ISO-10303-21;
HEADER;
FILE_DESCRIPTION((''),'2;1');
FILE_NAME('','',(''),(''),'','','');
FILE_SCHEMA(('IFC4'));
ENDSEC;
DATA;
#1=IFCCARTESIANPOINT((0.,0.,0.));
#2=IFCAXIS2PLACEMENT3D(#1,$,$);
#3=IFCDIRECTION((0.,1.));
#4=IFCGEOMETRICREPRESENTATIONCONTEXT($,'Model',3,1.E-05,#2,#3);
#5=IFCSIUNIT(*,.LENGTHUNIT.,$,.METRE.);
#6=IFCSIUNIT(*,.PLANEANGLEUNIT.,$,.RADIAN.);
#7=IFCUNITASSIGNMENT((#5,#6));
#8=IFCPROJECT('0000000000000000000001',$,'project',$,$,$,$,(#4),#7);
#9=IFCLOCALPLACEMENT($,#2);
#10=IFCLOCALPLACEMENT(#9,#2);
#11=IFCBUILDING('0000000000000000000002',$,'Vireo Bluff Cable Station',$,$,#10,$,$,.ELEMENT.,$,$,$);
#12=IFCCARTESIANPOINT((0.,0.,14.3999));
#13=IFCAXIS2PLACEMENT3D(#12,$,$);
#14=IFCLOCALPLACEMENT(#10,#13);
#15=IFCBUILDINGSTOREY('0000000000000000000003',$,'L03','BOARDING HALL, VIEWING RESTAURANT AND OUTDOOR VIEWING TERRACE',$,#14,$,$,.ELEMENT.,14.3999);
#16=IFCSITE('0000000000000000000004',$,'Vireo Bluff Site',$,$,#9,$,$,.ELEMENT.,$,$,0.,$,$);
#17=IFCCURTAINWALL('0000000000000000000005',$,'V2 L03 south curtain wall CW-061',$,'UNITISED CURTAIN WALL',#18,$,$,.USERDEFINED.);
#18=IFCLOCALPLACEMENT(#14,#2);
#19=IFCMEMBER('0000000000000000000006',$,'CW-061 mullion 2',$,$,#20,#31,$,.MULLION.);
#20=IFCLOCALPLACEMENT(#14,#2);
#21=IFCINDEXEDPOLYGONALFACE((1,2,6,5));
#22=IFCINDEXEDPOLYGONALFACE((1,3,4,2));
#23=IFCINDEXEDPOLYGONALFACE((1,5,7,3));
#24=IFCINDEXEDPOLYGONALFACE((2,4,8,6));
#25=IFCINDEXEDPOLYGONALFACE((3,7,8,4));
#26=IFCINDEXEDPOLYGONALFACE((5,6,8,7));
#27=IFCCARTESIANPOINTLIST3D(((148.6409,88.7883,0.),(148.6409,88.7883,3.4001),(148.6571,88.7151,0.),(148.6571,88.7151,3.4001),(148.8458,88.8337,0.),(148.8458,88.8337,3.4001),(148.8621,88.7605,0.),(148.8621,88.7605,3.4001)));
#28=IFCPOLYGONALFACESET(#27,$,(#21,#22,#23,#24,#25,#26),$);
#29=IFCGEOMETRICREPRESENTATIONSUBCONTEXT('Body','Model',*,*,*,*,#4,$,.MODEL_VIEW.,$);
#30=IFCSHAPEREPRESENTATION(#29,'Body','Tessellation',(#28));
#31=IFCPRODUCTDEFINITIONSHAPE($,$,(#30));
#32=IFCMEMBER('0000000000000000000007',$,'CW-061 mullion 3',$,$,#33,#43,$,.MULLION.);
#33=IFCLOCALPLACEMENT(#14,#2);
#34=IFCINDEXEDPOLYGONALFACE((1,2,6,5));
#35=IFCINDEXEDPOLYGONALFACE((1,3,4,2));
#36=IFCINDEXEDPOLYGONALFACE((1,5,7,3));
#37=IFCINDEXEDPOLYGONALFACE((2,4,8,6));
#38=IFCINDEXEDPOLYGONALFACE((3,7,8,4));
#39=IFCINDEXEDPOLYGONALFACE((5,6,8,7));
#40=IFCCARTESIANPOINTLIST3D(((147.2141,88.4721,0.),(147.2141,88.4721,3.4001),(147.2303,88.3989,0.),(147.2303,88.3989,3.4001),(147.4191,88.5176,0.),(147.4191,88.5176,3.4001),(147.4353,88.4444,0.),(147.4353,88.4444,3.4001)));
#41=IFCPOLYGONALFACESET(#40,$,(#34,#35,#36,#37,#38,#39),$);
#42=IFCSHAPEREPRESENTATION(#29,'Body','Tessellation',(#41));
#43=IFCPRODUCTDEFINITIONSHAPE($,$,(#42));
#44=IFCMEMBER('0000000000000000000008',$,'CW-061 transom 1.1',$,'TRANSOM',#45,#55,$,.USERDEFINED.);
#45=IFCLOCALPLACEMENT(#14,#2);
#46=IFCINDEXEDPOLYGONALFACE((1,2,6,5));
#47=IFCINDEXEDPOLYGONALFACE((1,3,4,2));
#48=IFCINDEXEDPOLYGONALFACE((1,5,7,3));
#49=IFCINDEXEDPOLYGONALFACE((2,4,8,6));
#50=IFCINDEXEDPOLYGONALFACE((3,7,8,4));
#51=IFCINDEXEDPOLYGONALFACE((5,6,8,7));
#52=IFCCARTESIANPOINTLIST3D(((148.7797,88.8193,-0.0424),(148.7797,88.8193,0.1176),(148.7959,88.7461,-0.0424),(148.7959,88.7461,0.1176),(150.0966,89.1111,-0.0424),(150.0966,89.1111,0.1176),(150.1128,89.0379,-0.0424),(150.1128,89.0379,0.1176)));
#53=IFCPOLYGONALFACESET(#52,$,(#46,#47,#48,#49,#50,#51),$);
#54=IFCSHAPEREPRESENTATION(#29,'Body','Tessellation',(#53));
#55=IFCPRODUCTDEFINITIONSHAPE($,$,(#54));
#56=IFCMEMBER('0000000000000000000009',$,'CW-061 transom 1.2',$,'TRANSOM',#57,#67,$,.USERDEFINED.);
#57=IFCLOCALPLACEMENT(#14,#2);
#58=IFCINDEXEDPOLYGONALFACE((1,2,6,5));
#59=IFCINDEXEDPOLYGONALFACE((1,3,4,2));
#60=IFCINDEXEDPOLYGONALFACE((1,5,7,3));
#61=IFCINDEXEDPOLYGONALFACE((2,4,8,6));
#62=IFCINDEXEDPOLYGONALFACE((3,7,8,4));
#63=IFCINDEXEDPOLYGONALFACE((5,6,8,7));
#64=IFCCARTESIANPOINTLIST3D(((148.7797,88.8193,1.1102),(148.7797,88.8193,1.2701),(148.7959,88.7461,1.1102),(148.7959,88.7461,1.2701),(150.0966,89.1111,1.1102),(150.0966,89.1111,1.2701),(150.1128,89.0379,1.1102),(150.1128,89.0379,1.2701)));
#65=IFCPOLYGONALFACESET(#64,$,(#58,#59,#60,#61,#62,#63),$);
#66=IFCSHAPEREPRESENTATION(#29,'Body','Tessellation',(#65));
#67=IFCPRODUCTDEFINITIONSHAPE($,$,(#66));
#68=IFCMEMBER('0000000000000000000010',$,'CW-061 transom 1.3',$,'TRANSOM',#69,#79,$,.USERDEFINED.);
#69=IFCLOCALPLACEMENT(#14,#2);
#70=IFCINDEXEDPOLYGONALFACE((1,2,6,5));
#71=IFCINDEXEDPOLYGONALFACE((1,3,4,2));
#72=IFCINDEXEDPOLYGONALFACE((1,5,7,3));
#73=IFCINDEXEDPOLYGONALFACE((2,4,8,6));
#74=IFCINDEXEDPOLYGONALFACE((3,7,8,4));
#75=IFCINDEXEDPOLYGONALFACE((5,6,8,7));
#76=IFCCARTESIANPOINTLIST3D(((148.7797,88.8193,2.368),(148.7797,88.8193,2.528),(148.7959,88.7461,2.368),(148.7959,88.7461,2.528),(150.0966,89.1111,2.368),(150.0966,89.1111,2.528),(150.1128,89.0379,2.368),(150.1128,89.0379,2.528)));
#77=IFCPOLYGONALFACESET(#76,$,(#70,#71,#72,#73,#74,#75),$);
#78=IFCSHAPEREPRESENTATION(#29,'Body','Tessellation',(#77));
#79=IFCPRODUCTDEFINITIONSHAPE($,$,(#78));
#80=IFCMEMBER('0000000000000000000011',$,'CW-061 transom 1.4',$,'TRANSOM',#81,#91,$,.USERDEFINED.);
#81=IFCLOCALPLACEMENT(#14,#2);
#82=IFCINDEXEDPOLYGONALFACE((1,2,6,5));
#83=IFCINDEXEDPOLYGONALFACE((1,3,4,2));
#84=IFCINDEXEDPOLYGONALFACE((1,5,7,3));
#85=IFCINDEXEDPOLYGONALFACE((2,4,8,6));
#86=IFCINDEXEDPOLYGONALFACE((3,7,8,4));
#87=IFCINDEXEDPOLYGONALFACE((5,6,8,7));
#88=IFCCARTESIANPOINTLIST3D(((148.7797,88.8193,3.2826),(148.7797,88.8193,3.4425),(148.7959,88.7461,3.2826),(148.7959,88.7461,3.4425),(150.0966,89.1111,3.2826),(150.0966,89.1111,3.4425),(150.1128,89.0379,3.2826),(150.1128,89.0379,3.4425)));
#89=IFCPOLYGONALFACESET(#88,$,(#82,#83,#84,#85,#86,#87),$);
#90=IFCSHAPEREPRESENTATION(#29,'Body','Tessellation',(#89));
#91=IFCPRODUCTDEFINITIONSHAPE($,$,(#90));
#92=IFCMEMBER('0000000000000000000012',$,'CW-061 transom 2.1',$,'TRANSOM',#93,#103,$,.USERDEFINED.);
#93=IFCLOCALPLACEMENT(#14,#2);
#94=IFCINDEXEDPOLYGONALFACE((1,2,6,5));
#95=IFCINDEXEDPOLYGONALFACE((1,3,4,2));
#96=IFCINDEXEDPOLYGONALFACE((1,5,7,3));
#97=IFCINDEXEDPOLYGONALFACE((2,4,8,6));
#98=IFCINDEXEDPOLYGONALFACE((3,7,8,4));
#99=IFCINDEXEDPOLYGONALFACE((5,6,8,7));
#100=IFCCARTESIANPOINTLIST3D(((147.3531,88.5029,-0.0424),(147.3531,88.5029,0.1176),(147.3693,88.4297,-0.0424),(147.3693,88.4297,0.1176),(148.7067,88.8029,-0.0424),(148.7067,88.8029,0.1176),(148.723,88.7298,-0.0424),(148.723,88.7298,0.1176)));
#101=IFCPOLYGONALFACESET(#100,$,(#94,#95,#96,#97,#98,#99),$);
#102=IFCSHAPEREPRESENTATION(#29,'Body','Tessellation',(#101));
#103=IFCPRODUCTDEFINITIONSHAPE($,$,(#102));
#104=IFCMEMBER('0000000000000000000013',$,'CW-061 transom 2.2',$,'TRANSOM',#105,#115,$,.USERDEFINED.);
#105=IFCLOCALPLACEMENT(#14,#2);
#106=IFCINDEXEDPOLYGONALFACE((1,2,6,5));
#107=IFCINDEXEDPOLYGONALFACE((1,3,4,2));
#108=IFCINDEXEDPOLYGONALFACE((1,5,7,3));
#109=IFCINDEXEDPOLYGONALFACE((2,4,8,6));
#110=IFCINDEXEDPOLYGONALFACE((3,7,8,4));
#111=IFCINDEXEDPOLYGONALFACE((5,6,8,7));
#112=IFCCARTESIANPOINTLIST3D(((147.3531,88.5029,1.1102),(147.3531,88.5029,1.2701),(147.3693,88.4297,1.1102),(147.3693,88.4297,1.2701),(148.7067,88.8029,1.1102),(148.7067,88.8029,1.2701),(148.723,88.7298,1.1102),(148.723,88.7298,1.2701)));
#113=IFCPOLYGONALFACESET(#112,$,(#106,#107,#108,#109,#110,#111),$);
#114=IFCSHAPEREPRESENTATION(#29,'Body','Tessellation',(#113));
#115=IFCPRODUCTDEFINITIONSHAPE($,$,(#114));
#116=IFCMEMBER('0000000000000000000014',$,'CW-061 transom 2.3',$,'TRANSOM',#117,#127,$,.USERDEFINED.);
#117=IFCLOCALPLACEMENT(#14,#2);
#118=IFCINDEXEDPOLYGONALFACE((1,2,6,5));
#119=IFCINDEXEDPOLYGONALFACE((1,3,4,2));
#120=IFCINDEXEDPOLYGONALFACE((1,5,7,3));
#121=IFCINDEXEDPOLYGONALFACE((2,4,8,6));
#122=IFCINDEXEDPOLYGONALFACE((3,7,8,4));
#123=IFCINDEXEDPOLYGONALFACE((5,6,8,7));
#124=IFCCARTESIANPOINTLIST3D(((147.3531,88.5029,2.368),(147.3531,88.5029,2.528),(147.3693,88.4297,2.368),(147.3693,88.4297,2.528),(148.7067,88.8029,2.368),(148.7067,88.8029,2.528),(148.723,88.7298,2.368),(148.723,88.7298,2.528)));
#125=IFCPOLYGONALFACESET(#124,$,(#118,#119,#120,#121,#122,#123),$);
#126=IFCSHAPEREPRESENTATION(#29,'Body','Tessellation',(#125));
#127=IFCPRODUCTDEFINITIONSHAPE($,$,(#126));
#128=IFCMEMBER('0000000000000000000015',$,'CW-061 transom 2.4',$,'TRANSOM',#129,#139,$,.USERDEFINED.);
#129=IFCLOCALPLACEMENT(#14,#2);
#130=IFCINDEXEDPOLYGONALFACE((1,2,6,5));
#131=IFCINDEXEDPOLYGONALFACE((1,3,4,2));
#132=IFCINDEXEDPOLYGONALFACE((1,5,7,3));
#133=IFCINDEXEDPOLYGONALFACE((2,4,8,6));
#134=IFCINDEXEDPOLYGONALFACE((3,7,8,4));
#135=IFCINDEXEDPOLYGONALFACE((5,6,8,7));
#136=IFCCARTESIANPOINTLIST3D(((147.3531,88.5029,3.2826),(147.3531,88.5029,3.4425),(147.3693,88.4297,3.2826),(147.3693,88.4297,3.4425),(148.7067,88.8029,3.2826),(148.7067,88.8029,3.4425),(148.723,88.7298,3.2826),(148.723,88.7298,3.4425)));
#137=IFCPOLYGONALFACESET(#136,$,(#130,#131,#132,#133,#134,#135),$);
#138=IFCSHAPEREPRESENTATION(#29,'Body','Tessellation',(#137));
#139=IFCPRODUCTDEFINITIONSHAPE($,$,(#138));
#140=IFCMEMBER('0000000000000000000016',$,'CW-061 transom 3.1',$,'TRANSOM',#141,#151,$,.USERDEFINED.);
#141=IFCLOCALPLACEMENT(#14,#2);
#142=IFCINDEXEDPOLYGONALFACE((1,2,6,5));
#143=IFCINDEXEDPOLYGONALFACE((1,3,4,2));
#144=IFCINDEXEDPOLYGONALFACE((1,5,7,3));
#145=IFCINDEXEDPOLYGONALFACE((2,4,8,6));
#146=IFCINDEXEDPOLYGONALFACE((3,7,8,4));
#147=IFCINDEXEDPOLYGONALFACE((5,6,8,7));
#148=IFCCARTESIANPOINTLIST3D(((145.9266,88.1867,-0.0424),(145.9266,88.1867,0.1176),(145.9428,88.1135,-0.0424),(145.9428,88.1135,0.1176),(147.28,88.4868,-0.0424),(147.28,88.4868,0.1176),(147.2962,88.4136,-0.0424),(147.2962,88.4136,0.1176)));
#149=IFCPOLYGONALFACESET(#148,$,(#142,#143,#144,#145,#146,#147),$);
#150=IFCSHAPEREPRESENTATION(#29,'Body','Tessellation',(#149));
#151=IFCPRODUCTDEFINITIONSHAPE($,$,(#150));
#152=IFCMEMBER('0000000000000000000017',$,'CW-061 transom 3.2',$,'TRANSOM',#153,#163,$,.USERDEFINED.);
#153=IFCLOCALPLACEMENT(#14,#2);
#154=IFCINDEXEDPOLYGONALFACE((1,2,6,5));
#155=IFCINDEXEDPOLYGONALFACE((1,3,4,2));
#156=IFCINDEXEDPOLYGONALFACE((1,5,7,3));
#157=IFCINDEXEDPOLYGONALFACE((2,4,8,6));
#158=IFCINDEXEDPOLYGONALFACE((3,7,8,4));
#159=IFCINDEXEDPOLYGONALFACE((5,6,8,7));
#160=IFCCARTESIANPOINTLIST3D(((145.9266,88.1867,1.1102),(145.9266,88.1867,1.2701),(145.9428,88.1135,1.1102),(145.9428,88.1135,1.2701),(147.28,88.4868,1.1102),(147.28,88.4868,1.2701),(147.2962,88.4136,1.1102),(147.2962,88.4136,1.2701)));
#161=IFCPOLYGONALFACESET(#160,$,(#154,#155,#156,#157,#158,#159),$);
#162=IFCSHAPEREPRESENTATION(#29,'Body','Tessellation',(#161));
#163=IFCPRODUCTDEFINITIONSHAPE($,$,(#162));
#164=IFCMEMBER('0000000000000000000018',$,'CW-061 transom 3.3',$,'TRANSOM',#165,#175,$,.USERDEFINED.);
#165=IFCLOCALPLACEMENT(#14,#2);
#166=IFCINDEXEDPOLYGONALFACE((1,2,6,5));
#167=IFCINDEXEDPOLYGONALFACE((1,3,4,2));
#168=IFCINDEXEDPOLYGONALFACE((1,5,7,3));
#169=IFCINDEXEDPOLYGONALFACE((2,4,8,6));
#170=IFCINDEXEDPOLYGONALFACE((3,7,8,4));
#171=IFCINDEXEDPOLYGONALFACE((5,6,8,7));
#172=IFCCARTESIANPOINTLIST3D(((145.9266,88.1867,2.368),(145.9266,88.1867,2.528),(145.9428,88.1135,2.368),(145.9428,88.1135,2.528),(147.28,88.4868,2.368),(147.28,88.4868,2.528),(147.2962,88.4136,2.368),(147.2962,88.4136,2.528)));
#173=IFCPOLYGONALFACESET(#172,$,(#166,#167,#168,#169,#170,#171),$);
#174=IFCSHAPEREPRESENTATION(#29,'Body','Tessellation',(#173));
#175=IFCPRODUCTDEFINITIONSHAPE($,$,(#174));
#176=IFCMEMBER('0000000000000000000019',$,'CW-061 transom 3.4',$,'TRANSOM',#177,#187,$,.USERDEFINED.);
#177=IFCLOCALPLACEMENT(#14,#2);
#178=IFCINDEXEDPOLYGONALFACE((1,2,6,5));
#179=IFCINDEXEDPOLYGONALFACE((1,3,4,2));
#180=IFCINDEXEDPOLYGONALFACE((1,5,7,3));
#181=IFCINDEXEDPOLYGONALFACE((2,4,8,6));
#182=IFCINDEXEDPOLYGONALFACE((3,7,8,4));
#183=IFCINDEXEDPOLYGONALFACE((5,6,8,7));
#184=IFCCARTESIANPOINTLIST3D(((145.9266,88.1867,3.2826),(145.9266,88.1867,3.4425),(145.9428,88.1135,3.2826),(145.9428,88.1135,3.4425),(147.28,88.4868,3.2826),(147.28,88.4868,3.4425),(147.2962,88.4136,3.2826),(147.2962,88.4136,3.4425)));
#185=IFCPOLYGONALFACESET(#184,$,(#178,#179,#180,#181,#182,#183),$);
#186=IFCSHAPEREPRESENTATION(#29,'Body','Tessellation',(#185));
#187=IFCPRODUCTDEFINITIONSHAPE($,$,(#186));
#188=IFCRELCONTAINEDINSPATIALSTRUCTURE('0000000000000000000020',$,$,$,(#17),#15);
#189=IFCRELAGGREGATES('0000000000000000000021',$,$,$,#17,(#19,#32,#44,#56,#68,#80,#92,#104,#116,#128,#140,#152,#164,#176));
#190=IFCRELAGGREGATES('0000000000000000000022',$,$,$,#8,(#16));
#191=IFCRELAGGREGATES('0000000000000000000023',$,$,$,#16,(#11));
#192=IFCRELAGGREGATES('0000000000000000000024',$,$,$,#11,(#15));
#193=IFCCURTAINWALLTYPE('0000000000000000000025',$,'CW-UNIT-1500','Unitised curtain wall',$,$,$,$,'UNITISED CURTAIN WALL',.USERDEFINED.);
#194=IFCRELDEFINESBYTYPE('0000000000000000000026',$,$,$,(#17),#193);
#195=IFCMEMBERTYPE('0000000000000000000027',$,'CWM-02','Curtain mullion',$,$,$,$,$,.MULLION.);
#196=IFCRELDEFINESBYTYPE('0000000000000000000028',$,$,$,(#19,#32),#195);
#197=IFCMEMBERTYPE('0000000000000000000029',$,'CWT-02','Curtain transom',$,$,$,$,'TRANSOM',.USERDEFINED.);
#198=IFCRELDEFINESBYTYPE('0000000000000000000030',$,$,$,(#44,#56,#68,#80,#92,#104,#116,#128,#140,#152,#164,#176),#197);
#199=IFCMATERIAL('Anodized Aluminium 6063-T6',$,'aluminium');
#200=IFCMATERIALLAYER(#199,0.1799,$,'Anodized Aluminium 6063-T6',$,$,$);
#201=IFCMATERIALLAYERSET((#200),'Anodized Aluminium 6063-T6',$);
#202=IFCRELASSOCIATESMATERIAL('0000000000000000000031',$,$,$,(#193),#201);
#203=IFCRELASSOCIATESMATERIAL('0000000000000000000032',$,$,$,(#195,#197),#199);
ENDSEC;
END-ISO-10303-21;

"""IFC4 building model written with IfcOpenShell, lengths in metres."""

from ifc_helpers import new_model, si_unit, direction, frame, origin, origin_2d, place, context, subcontext, project, spatial, rectangle, extrude, material, layer, layer_set, material_profile, profile_set, type_object, element, aggregate, save


model = new_model("IFC4")

# Units and contexts
model_context = context("Model", 3, precision=1e-05, world=origin(), true_north=direction((0.0, 1.0)))
body_context = subcontext(model_context, "Body", "Model", "MODEL_VIEW")
ifc_project = project(units=[si_unit("LENGTHUNIT", "METRE"), si_unit("PLANEANGLEUNIT", "RADIAN")], contexts=[model_context])

# Site, building, storey
site_placement = place(None, origin())
site = spatial("IfcSite", under=ifc_project, at=site_placement, Name="Vireo Bluff Site", CompositionType="ELEMENT", RefElevation=0.0)
building_placement = place(site_placement, origin())
building = spatial("IfcBuilding", under=site, at=building_placement, Name="Vireo Bluff Cable Station", CompositionType="ELEMENT")
storey_placement = place(building_placement, frame((0.0, 0.0, 14.3999)))
storey = spatial("IfcBuildingStorey", under=building, at=storey_placement, Name="L03", Description="BOARDING HALL, VIEWING RESTAURANT AND OUTDOOR VIEWING TERRACE", CompositionType="ELEMENT", Elevation=14.3999)

# Curtain wall, members
ifc_material_1 = material(Name="Anodized Aluminium 6063-T6", Category="aluminium")
ifc_layer_1 = layer(ifc_material_1, 0.1799, Name="Anodized Aluminium 6063-T6")
ifc_layer_set_1 = layer_set([ifc_layer_1], Name="Anodized Aluminium 6063-T6")
curtain_wall_type = type_object("IfcCurtainWallType", Name="CW-UNIT-1500", Description="Unitised curtain wall", ElementType="UNITISED CURTAIN WALL", PredefinedType="USERDEFINED", material=ifc_layer_set_1)
curtain_wall_placement = place(storey_placement, origin())
curtain_wall = element("IfcCurtainWall", 1, at=curtain_wall_placement, inside=storey, type_object=curtain_wall_type, Name="V2 L03 south curtain wall CW-061", ObjectType="UNITISED CURTAIN WALL", PredefinedType="USERDEFINED")
ifc_material_profile_1 = material_profile(ifc_material_1, rectangle(XDim=0.075, YDim=0.21, at=origin_2d()), Name="ALU-M-75X210")
ifc_profile_set_1 = profile_set([ifc_material_profile_1], Name="Anodized Aluminium 6063-T6")
member_type_1 = type_object("IfcMemberType", Name="CWM-02", Description="Curtain mullion", PredefinedType="MULLION", material=ifc_profile_set_1)
member_1_placement = place(storey_placement, frame((148.7515, 88.7744, 0.0), z_axis=(0.0, 0.0, 1.0), x_axis=(0.21644, -0.976296, 0.0)))
member_1 = element("IfcMember", 2, at=member_1_placement, type_object=member_type_1, Name="CW-061 mullion 2", PredefinedType="MULLION", context=body_context, shape_type="SweptSolid", body=[
    extrude(rectangle(XDim=0.075, YDim=0.21, at=origin_2d()), origin(), (0.0, 0.0, 1.0), 3.4001),
])
member_2_placement = place(storey_placement, frame((147.3247, 88.4583, 0.0), z_axis=(0.0, 0.0, 1.0), x_axis=(0.21644, -0.976296, 0.0)))
member_2 = element("IfcMember", 3, at=member_2_placement, type_object=member_type_1, Name="CW-061 mullion 3", PredefinedType="MULLION", context=body_context, shape_type="SweptSolid", body=[
    extrude(rectangle(XDim=0.075, YDim=0.21, at=origin_2d()), origin(), (0.0, 0.0, 1.0), 3.4001),
])
ifc_material_profile_2 = material_profile(ifc_material_1, rectangle(XDim=0.075, YDim=0.1599, at=origin_2d()), Name="ALU-T-75X160")
ifc_profile_set_2 = profile_set([ifc_material_profile_2], Name="Anodized Aluminium 6063-T6")
member_type_2 = type_object("IfcMemberType", Name="CWT-02", Description="Curtain transom", ElementType="TRANSOM", PredefinedType="USERDEFINED", material=ifc_profile_set_2)
member_3_placement = place(storey_placement, frame((150.1047, 89.0745, 0.0376), z_axis=(-0.976327, -0.216298, 0.0), x_axis=(0.216298, -0.976327, 0.0)))
member_3 = element("IfcMember", 4, at=member_3_placement, type_object=member_type_2, Name="CW-061 transom 1.1", ObjectType="TRANSOM", PredefinedType="USERDEFINED", context=body_context, shape_type="SweptSolid", body=[
    extrude(rectangle(XDim=0.075, YDim=0.1599, at=origin_2d()), origin(), (0.0, 0.0, 1.0), 1.3489),
])
member_4_placement = place(storey_placement, frame((150.1047, 89.0745, 1.1902), z_axis=(-0.976327, -0.216298, 0.0), x_axis=(0.216298, -0.976327, 0.0)))
member_4 = element("IfcMember", 5, at=member_4_placement, type_object=member_type_2, Name="CW-061 transom 1.2", ObjectType="TRANSOM", PredefinedType="USERDEFINED", context=body_context, shape_type="SweptSolid", body=[
    extrude(rectangle(XDim=0.075, YDim=0.1599, at=origin_2d()), origin(), (0.0, 0.0, 1.0), 1.3489),
])
member_5_placement = place(storey_placement, frame((150.1047, 89.0745, 2.448), z_axis=(-0.976327, -0.216298, 0.0), x_axis=(0.216298, -0.976327, 0.0)))
member_5 = element("IfcMember", 6, at=member_5_placement, type_object=member_type_2, Name="CW-061 transom 1.3", ObjectType="TRANSOM", PredefinedType="USERDEFINED", context=body_context, shape_type="SweptSolid", body=[
    extrude(rectangle(XDim=0.075, YDim=0.1599, at=origin_2d()), origin(), (0.0, 0.0, 1.0), 1.3489),
])
member_6_placement = place(storey_placement, frame((150.1047, 89.0745, 3.3625), z_axis=(-0.976327, -0.216298, 0.0), x_axis=(0.216298, -0.976327, 0.0)))
member_6 = element("IfcMember", 7, at=member_6_placement, type_object=member_type_2, Name="CW-061 transom 1.4", ObjectType="TRANSOM", PredefinedType="USERDEFINED", context=body_context, shape_type="SweptSolid", body=[
    extrude(rectangle(XDim=0.075, YDim=0.1599, at=origin_2d()), origin(), (0.0, 0.0, 1.0), 1.3489),
])
member_7_placement = place(storey_placement, frame((148.7148, 88.7664, 0.0376), z_axis=(-0.976299, -0.216427, 0.0), x_axis=(0.216427, -0.976299, 0.0)))
member_7 = element("IfcMember", 8, at=member_7_placement, type_object=member_type_2, Name="CW-061 transom 2.1", ObjectType="TRANSOM", PredefinedType="USERDEFINED", context=body_context, shape_type="SweptSolid", body=[
    extrude(rectangle(XDim=0.075, YDim=0.1599, at=origin_2d()), origin(), (0.0, 0.0, 1.0), 1.3865),
])
member_8_placement = place(storey_placement, frame((148.7148, 88.7664, 1.1902), z_axis=(-0.976299, -0.216427, 0.0), x_axis=(0.216427, -0.976299, 0.0)))
member_8 = element("IfcMember", 9, at=member_8_placement, type_object=member_type_2, Name="CW-061 transom 2.2", ObjectType="TRANSOM", PredefinedType="USERDEFINED", context=body_context, shape_type="SweptSolid", body=[
    extrude(rectangle(XDim=0.075, YDim=0.1599, at=origin_2d()), origin(), (0.0, 0.0, 1.0), 1.3865),
])
member_9_placement = place(storey_placement, frame((148.7148, 88.7664, 2.448), z_axis=(-0.976299, -0.216427, 0.0), x_axis=(0.216427, -0.976299, 0.0)))
member_9 = element("IfcMember", 10, at=member_9_placement, type_object=member_type_2, Name="CW-061 transom 2.3", ObjectType="TRANSOM", PredefinedType="USERDEFINED", context=body_context, shape_type="SweptSolid", body=[
    extrude(rectangle(XDim=0.075, YDim=0.1599, at=origin_2d()), origin(), (0.0, 0.0, 1.0), 1.3865),
])
member_10_placement = place(storey_placement, frame((148.7148, 88.7664, 3.3625), z_axis=(-0.976299, -0.216427, 0.0), x_axis=(0.216427, -0.976299, 0.0)))
member_10 = element("IfcMember", 11, at=member_10_placement, type_object=member_type_2, Name="CW-061 transom 2.4", ObjectType="TRANSOM", PredefinedType="USERDEFINED", context=body_context, shape_type="SweptSolid", body=[
    extrude(rectangle(XDim=0.075, YDim=0.1599, at=origin_2d()), origin(), (0.0, 0.0, 1.0), 1.3865),
])
member_11_placement = place(storey_placement, frame((147.2881, 88.4502, 0.0376), z_axis=(-0.976291, -0.216464, 0.0), x_axis=(0.216464, -0.976291, 0.0)))
member_11 = element("IfcMember", 12, at=member_11_placement, type_object=member_type_2, Name="CW-061 transom 3.1", ObjectType="TRANSOM", PredefinedType="USERDEFINED", context=body_context, shape_type="SweptSolid", body=[
    extrude(rectangle(XDim=0.075, YDim=0.1599, at=origin_2d()), origin(), (0.0, 0.0, 1.0), 1.3862),
])
member_12_placement = place(storey_placement, frame((147.2881, 88.4502, 1.1902), z_axis=(-0.976291, -0.216464, 0.0), x_axis=(0.216464, -0.976291, 0.0)))
member_12 = element("IfcMember", 13, at=member_12_placement, type_object=member_type_2, Name="CW-061 transom 3.2", ObjectType="TRANSOM", PredefinedType="USERDEFINED", context=body_context, shape_type="SweptSolid", body=[
    extrude(rectangle(XDim=0.075, YDim=0.1599, at=origin_2d()), origin(), (0.0, 0.0, 1.0), 1.3862),
])
member_13_placement = place(storey_placement, frame((147.2881, 88.4502, 2.448), z_axis=(-0.976291, -0.216464, 0.0), x_axis=(0.216464, -0.976291, 0.0)))
member_13 = element("IfcMember", 14, at=member_13_placement, type_object=member_type_2, Name="CW-061 transom 3.3", ObjectType="TRANSOM", PredefinedType="USERDEFINED", context=body_context, shape_type="SweptSolid", body=[
    extrude(rectangle(XDim=0.075, YDim=0.1599, at=origin_2d()), origin(), (0.0, 0.0, 1.0), 1.3862),
])
member_14_placement = place(storey_placement, frame((147.2881, 88.4502, 3.3625), z_axis=(-0.976291, -0.216464, 0.0), x_axis=(0.216464, -0.976291, 0.0)))
member_14 = element("IfcMember", 15, at=member_14_placement, type_object=member_type_2, Name="CW-061 transom 3.4", ObjectType="TRANSOM", PredefinedType="USERDEFINED", context=body_context, shape_type="SweptSolid", body=[
    extrude(rectangle(XDim=0.075, YDim=0.1599, at=origin_2d()), origin(), (0.0, 0.0, 1.0), 1.3862),
])
aggregate(curtain_wall, [member_1, member_2, member_3, member_4, member_5, member_6, member_7, member_8, member_9, member_10, member_11, member_12, member_13, member_14])

save(model, "model.ifc")
